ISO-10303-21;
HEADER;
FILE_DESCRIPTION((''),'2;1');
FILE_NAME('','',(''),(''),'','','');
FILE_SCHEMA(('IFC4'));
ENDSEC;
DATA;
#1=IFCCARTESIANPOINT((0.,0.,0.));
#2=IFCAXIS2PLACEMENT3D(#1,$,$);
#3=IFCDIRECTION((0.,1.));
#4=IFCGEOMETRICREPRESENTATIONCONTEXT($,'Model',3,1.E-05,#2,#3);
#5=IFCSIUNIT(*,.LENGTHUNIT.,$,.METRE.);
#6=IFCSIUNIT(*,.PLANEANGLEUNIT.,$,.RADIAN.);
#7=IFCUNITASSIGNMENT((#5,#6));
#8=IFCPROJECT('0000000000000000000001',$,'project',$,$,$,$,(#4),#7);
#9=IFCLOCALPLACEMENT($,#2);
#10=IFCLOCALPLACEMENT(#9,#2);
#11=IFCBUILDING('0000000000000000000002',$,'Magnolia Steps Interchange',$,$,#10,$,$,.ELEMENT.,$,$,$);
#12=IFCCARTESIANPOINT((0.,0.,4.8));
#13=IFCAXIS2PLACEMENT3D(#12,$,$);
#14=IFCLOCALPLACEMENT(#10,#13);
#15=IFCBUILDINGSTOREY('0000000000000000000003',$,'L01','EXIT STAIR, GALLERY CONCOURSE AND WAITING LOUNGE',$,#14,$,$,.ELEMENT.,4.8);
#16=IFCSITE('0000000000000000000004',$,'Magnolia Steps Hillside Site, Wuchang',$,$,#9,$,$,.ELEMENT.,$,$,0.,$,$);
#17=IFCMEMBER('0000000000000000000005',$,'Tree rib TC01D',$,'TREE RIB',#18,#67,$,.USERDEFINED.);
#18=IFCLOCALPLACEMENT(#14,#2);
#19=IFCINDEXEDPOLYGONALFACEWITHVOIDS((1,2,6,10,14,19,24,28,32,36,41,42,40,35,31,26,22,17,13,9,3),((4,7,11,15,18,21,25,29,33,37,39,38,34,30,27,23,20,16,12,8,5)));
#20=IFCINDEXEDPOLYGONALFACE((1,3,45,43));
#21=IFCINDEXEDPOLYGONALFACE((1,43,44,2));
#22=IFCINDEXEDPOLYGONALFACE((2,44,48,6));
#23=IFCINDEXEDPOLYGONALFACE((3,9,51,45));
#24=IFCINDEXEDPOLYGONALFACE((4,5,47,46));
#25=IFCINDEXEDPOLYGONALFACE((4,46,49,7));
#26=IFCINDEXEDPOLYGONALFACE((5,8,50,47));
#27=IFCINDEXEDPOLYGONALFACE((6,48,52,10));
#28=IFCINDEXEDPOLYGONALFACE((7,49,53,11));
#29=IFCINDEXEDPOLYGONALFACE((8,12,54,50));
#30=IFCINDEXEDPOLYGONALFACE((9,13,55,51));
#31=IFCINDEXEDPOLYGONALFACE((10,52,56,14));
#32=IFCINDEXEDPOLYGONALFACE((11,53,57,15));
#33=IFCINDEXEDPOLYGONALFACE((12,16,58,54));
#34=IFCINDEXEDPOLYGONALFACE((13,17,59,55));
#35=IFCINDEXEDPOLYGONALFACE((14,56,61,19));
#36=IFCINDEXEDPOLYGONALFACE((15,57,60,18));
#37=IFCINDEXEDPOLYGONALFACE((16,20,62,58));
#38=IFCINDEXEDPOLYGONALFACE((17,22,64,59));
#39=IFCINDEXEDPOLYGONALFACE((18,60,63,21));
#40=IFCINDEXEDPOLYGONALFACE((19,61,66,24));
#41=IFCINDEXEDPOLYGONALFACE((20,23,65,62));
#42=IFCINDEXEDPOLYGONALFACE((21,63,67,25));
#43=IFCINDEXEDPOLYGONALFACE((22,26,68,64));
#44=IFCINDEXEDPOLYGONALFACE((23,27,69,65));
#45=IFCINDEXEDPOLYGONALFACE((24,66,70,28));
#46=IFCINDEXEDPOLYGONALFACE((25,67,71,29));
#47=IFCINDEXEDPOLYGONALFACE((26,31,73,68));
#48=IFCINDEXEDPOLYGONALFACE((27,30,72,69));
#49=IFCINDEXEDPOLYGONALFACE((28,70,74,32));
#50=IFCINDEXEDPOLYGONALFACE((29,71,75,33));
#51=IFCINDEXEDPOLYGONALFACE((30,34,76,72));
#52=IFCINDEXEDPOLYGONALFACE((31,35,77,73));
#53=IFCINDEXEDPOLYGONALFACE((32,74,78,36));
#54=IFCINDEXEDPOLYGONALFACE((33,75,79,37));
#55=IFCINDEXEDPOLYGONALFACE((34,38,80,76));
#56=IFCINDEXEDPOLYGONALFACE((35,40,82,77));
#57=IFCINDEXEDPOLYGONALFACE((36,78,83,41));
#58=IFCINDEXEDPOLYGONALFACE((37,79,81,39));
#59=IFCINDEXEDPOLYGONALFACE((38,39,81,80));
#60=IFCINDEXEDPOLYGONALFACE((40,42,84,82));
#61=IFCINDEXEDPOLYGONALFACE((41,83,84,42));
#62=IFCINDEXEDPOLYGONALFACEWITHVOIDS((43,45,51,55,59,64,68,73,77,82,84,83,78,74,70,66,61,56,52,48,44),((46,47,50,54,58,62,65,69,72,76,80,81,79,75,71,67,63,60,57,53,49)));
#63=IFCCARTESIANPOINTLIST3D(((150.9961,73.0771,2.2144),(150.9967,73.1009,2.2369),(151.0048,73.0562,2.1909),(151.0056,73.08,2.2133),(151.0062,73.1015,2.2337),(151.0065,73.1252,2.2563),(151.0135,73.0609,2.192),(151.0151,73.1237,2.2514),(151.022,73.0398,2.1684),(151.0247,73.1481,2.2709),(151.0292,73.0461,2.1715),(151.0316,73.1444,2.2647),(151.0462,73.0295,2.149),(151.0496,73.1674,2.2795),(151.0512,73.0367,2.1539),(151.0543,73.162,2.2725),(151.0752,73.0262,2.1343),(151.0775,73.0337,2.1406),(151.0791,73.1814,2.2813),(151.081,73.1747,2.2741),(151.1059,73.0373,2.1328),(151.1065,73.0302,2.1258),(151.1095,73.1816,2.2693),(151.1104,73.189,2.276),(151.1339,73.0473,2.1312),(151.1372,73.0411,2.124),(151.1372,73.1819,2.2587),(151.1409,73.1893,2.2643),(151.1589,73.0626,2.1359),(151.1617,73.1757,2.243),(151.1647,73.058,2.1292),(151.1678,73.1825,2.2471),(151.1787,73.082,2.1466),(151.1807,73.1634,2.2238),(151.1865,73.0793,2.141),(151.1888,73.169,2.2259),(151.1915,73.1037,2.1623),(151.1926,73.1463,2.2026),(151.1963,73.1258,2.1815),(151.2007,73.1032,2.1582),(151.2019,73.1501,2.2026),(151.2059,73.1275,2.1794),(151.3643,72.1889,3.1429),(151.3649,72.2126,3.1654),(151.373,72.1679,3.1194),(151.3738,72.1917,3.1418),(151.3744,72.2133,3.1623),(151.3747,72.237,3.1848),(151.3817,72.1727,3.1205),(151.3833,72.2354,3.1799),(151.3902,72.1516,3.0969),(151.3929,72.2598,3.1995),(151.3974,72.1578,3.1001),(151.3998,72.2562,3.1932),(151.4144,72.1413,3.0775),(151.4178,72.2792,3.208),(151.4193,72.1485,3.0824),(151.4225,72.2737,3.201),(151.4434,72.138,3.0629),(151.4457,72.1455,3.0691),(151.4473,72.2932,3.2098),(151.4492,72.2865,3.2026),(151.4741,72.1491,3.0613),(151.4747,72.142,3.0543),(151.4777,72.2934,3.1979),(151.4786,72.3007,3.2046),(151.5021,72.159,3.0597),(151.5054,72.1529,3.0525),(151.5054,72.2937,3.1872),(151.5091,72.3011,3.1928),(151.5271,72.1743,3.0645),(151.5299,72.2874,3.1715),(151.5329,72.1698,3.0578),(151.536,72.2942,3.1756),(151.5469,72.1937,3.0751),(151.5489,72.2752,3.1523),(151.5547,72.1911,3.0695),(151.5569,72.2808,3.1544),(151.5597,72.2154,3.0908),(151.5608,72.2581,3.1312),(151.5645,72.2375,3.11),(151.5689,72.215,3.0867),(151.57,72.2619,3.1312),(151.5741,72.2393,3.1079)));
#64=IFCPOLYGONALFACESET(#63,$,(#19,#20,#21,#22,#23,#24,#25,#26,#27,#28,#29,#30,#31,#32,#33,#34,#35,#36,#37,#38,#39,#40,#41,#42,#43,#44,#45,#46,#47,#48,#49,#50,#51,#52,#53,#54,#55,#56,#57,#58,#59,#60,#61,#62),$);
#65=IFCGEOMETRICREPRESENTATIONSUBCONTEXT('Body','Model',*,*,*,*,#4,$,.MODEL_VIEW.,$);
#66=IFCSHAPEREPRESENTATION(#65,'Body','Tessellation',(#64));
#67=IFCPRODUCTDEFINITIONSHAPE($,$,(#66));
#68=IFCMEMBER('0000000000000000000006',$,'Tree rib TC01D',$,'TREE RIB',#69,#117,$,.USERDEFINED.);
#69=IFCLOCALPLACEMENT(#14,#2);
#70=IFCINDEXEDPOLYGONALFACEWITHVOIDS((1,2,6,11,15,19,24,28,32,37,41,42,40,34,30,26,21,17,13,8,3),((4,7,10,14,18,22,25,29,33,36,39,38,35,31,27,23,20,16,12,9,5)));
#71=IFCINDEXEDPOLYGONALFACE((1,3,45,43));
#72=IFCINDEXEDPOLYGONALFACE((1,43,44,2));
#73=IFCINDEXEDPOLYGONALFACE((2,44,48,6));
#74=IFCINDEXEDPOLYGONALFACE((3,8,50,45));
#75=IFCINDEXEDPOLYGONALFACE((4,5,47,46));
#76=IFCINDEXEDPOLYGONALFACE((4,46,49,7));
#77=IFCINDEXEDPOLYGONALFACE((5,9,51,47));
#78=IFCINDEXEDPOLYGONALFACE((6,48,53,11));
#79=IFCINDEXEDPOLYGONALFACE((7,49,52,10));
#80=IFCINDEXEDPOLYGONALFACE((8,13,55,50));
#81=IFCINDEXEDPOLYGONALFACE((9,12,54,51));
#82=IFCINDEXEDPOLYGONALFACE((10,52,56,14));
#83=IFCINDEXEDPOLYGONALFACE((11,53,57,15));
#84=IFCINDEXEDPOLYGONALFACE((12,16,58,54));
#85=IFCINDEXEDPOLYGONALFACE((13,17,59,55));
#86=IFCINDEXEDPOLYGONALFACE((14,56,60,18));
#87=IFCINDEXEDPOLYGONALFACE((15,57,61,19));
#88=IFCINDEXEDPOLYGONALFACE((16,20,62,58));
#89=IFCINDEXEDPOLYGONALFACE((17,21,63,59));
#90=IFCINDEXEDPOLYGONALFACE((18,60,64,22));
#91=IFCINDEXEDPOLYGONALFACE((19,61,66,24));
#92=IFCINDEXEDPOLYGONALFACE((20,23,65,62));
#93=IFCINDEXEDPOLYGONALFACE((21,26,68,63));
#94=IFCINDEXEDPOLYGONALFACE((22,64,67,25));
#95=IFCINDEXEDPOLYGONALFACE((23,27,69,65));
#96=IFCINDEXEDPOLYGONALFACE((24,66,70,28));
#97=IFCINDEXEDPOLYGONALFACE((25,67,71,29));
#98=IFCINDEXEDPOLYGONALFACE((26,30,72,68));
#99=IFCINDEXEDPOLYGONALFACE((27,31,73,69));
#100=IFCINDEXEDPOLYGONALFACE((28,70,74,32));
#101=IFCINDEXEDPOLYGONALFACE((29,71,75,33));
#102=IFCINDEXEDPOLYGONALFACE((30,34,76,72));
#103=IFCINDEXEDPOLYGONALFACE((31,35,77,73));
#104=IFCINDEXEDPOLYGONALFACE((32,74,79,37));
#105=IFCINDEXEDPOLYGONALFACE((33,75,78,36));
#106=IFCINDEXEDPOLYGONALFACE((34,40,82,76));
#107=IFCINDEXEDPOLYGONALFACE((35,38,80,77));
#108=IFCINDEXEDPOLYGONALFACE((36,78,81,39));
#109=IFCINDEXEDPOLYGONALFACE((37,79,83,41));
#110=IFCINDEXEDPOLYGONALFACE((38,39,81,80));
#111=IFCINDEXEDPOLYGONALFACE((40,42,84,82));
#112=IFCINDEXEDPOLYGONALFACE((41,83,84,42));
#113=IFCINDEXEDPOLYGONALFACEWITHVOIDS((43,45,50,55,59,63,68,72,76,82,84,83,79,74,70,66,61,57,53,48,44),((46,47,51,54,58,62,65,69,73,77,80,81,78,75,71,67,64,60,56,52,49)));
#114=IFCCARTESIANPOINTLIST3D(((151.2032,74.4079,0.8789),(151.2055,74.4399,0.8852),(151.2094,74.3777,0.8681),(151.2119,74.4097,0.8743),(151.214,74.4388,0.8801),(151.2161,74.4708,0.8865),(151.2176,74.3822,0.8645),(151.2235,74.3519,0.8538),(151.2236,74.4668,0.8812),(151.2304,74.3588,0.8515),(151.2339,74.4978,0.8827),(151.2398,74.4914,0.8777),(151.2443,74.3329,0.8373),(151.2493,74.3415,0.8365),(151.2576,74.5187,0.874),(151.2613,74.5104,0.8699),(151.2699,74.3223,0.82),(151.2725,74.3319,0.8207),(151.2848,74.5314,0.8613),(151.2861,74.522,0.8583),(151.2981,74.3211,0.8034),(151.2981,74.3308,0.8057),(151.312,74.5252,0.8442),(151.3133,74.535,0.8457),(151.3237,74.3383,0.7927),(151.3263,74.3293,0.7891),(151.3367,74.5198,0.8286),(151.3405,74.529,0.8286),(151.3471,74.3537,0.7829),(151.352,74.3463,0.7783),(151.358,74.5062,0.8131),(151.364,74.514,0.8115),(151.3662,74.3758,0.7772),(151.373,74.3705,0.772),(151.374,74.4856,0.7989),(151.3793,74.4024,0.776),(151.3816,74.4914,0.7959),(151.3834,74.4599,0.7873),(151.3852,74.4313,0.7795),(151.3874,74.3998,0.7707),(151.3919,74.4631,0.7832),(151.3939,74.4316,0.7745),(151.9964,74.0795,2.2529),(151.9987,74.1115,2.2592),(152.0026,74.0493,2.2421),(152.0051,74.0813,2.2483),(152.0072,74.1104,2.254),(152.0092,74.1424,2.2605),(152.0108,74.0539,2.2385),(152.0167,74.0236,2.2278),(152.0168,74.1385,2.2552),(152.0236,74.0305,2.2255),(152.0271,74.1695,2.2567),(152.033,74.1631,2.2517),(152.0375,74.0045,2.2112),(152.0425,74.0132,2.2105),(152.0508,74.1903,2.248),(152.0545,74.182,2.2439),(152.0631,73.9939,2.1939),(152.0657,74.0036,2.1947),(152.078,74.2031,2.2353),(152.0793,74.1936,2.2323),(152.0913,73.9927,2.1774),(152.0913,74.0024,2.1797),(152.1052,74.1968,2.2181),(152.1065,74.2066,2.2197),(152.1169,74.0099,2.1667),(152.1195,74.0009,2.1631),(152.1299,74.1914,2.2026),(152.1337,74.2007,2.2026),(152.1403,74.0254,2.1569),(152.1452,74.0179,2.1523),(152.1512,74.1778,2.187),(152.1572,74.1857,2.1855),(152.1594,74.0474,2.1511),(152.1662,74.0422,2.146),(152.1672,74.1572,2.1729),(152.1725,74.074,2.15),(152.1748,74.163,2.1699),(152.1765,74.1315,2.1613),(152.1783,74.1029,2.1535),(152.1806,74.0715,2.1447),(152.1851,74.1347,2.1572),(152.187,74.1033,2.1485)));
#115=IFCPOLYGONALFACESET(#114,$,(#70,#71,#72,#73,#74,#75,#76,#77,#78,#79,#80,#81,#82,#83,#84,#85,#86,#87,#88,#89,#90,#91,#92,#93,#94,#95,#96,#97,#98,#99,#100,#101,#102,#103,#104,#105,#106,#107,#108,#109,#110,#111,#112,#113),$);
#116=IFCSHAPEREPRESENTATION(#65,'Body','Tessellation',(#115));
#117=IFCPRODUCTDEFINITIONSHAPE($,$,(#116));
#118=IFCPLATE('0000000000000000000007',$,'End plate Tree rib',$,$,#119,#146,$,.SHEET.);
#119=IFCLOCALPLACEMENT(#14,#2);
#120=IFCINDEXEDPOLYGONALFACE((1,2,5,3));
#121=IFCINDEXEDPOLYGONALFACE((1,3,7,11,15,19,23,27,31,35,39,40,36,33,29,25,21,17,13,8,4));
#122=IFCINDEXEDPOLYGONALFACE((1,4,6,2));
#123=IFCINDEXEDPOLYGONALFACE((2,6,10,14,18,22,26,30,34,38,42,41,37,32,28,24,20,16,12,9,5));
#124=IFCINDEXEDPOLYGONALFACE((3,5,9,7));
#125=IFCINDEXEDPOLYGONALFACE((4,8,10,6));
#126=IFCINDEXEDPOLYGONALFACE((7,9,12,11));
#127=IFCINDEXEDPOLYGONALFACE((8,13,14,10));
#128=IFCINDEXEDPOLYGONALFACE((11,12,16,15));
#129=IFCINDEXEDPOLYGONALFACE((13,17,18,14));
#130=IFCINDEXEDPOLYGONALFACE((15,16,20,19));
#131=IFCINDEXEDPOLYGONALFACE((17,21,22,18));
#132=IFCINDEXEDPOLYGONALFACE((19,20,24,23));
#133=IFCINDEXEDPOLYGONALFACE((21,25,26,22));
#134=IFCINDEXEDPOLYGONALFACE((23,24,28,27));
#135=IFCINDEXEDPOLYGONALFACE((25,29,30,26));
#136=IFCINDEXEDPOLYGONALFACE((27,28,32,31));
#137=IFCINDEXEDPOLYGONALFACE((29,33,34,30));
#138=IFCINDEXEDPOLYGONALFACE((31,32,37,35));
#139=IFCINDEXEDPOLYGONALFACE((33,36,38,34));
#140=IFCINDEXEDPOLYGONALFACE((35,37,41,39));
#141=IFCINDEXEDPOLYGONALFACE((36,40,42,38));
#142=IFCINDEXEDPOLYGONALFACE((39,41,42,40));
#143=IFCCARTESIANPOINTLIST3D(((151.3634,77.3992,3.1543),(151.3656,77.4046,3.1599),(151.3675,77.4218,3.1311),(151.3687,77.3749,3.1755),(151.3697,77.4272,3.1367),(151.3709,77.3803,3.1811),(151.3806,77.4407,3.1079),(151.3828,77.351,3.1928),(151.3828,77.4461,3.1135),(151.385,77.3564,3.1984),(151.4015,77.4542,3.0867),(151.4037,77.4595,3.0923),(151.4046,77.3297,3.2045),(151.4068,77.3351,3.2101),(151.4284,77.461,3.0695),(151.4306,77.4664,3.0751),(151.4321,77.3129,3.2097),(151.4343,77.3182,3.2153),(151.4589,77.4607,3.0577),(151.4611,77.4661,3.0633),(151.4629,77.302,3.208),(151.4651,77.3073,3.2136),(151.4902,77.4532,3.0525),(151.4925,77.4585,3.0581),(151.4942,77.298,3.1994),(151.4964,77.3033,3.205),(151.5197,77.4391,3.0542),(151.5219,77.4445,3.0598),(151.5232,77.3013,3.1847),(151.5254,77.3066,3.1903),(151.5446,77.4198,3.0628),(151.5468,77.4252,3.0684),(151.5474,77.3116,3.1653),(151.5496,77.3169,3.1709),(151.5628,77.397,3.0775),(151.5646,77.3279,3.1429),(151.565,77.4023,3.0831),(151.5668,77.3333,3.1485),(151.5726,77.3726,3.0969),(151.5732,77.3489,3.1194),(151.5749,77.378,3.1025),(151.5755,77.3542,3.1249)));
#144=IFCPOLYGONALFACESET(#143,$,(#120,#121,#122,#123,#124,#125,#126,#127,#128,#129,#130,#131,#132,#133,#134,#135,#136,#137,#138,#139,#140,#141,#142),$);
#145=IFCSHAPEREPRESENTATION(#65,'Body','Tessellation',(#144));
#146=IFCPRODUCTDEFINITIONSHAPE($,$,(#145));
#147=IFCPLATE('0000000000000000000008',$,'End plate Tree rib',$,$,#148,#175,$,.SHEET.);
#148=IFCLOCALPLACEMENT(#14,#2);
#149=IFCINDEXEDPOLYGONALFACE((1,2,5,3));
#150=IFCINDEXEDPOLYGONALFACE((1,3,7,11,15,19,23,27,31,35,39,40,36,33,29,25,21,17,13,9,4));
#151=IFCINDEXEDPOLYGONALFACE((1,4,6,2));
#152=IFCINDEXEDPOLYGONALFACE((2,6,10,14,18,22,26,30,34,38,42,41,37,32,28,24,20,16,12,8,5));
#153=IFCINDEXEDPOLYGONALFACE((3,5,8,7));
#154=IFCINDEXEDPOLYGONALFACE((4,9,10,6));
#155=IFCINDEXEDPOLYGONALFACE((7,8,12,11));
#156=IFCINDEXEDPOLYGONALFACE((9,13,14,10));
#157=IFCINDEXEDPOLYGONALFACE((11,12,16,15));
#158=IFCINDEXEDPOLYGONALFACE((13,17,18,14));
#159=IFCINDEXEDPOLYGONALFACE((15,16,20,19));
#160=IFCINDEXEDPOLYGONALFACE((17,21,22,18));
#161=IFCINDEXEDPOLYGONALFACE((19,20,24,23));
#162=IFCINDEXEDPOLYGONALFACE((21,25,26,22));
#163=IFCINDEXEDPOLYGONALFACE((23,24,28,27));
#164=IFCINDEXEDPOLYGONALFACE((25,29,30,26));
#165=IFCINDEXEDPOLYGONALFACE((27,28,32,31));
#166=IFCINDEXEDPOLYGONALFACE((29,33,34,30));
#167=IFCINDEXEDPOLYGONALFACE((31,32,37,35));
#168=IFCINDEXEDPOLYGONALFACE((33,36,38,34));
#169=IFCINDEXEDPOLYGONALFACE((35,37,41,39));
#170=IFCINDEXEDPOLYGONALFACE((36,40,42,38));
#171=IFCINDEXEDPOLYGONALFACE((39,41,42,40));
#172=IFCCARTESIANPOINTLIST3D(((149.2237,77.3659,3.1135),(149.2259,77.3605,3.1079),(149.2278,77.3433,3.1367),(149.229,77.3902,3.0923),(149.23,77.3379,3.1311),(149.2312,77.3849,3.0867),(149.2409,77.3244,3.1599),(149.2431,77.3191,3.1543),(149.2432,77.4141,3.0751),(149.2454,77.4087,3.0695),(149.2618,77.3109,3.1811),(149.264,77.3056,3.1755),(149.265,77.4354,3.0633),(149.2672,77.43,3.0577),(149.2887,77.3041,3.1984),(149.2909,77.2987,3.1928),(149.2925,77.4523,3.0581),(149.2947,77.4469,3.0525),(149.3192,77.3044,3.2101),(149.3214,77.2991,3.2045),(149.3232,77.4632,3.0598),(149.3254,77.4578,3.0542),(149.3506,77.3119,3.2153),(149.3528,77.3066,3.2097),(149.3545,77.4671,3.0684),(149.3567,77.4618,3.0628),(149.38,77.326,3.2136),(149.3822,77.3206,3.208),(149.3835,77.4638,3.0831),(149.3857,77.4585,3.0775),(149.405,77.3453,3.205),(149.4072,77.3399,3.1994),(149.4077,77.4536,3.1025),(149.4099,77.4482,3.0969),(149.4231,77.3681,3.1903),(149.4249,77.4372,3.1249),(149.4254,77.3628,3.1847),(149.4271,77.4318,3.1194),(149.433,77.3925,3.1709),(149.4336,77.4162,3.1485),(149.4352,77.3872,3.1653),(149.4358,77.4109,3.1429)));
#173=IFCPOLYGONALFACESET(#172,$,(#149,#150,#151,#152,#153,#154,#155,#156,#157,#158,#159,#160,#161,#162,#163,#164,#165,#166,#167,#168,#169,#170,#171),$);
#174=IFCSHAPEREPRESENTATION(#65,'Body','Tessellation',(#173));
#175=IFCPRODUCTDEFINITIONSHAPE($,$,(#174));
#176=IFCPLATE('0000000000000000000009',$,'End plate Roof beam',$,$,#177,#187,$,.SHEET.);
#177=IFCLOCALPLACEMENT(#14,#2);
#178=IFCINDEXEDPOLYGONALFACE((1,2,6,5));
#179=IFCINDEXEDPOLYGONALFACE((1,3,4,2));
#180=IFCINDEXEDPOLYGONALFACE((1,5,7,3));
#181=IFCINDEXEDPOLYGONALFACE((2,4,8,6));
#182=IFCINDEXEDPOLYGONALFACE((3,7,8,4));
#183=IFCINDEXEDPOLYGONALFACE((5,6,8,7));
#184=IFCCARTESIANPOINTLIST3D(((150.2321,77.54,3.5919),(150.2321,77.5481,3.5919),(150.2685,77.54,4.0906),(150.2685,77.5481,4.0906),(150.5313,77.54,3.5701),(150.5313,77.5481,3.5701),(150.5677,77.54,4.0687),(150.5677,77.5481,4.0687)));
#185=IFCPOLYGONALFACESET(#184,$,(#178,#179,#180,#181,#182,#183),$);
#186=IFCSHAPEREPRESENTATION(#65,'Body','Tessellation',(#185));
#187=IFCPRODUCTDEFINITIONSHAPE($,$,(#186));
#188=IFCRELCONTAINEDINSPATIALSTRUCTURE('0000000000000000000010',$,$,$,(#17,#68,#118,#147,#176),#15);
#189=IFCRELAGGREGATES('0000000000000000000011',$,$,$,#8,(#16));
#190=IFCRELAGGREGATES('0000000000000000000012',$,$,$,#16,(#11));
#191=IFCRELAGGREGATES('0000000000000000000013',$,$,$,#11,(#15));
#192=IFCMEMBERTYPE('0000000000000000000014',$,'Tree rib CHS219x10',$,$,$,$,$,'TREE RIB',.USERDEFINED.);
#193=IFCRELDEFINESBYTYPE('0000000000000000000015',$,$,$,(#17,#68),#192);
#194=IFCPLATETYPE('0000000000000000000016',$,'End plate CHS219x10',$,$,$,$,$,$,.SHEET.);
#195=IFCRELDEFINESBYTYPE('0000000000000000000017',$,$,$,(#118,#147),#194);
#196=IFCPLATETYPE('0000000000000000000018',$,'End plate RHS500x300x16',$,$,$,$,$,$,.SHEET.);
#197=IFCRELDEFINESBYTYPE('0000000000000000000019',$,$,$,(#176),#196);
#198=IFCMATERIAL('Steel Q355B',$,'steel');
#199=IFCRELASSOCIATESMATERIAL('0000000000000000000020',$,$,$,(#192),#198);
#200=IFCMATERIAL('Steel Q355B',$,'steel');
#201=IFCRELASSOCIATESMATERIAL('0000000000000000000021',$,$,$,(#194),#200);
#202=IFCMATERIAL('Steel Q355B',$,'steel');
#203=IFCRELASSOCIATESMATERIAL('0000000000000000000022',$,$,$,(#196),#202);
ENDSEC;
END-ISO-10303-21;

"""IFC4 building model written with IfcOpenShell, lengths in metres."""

from ifc_helpers import new_model, si_unit, direction, frame, origin, origin_2d, place, context, subcontext, project, spatial, rectangle, circle, hollow_circle, extrude, material, material_profile, profile_set, type_object, element, save


model = new_model("IFC4")

# Units and contexts
model_context = context("Model", 3, precision=1e-05, world=origin(), true_north=direction((0.0, 1.0)))
body_context = subcontext(model_context, "Body", "Model", "MODEL_VIEW")
ifc_project = project(units=[si_unit("LENGTHUNIT", "METRE"), si_unit("PLANEANGLEUNIT", "RADIAN")], contexts=[model_context])

# Site, building, storey
site_placement = place(None, origin())
site = spatial("IfcSite", under=ifc_project, at=site_placement, Name="Magnolia Steps Hillside Site, Wuchang", CompositionType="ELEMENT", RefElevation=0.0)
building_placement = place(site_placement, origin())
building = spatial("IfcBuilding", under=site, at=building_placement, Name="Magnolia Steps Interchange", CompositionType="ELEMENT")
storey_placement = place(building_placement, frame((0.0, 0.0, 4.8)))
storey = spatial("IfcBuildingStorey", under=building, at=storey_placement, Name="L01", Description="EXIT STAIR, GALLERY CONCOURSE AND WAITING LOUNGE", CompositionType="ELEMENT", Elevation=4.8)

# Members
ifc_material_1 = material(Name="Steel Q355B", Category="steel")
ifc_material_profile_1 = material_profile(ifc_material_1, hollow_circle(Radius=0.1096, WallThickness=0.01, at=origin_2d()), Name="CHS219x10")
ifc_profile_set_1 = profile_set([ifc_material_profile_1], Name="Steel Q355B")
member_type = type_object("IfcMemberType", Name="Tree rib CHS219x10", ElementType="TREE RIB", PredefinedType="USERDEFINED", material=ifc_profile_set_1)
member_1_placement = place(storey_placement, frame((151.1006, 73.1082, 2.2026), z_axis=(0.275451, -0.664516, 0.694655), x_axis=(0.923782, 0.38292, 0.0)))
element("IfcMember", 1, at=member_1_placement, inside=storey, type_object=member_type, Name="Tree rib TC01D", ObjectType="TREE RIB", PredefinedType="USERDEFINED", context=body_context, shape_type="SweptSolid", body=[
    extrude(hollow_circle(Radius=0.1096, WallThickness=0.01, at=origin_2d()), origin(), (0.0, 0.0, 1.0), 1.3367),
])
member_2_placement = place(storey_placement, frame((151.2986, 74.4277, 0.8286), z_axis=(0.489586, -0.202676, 0.848073), x_axis=(0.382494, 0.923958, 0.0)))
element("IfcMember", 2, at=member_2_placement, inside=storey, type_object=member_type, Name="Tree rib TC01D", ObjectType="TREE RIB", PredefinedType="USERDEFINED", context=body_context, shape_type="SweptSolid", body=[
    extrude(hollow_circle(Radius=0.1096, WallThickness=0.01, at=origin_2d()), origin(), (0.0, 0.0, 1.0), 1.6201),
])

# Plates
ifc_material_2 = material(Name="Steel Q355B", Category="steel")
ifc_material_profile_2 = material_profile(ifc_material_2, circle(Radius=0.1096, at=origin_2d()), Name="End plate CHS219x10")
ifc_profile_set_2 = profile_set([ifc_material_profile_2], Name="Steel Q355B")
plate_type_1 = type_object("IfcPlateType", Name="End plate CHS219x10", PredefinedType="SHEET", material=ifc_profile_set_2)
for number, where, z_axis, x_axis, name in (
    (3, (151.4688, 77.3799, 3.1311), (0.275279, 0.664583, 0.694658), (-0.92388, 0.382683, 0.0), "End plate Tree rib"),
    (4, (149.3313, 77.3799, 3.1311), (-0.275279, 0.664583, 0.694658), (-0.92388, -0.382683, 0.0), "End plate Tree rib"),
):
    element("IfcPlate", number, at=place(storey_placement, frame(where, z_axis=z_axis, x_axis=x_axis)), inside=storey, type_object=plate_type_1, Name=name, PredefinedType="SHEET", context=body_context, shape_type="SweptSolid", body=[
        extrude(circle(Radius=0.1096, at=origin_2d()), origin(), (0.0, 0.0, 1.0), 0.0081),
    ])
ifc_material_3 = material(Name="Steel Q355B", Category="steel")
ifc_material_profile_3 = material_profile(ifc_material_3, rectangle(XDim=0.3, YDim=0.5, at=origin_2d()), Name="End plate RHS500x300x16")
ifc_profile_set_3 = profile_set([ifc_material_profile_3], Name="Steel Q355B")
plate_type_2 = type_object("IfcPlateType", Name="End plate RHS500x300x16", PredefinedType="SHEET", material=ifc_profile_set_3)
plate_1_placement = place(storey_placement, frame((150.3999, 77.54, 3.8303), z_axis=(0.0, 1.0, 0.0), x_axis=(-0.997352, 0.0, 0.072724)))
element("IfcPlate", 5, at=plate_1_placement, inside=storey, type_object=plate_type_2, Name="End plate Roof beam", PredefinedType="SHEET", context=body_context, shape_type="SweptSolid", body=[
    extrude(rectangle(XDim=0.3, YDim=0.5, at=origin_2d()), origin(), (0.0, 0.0, 1.0), 0.0081),
])

save(model, "model.ifc")
